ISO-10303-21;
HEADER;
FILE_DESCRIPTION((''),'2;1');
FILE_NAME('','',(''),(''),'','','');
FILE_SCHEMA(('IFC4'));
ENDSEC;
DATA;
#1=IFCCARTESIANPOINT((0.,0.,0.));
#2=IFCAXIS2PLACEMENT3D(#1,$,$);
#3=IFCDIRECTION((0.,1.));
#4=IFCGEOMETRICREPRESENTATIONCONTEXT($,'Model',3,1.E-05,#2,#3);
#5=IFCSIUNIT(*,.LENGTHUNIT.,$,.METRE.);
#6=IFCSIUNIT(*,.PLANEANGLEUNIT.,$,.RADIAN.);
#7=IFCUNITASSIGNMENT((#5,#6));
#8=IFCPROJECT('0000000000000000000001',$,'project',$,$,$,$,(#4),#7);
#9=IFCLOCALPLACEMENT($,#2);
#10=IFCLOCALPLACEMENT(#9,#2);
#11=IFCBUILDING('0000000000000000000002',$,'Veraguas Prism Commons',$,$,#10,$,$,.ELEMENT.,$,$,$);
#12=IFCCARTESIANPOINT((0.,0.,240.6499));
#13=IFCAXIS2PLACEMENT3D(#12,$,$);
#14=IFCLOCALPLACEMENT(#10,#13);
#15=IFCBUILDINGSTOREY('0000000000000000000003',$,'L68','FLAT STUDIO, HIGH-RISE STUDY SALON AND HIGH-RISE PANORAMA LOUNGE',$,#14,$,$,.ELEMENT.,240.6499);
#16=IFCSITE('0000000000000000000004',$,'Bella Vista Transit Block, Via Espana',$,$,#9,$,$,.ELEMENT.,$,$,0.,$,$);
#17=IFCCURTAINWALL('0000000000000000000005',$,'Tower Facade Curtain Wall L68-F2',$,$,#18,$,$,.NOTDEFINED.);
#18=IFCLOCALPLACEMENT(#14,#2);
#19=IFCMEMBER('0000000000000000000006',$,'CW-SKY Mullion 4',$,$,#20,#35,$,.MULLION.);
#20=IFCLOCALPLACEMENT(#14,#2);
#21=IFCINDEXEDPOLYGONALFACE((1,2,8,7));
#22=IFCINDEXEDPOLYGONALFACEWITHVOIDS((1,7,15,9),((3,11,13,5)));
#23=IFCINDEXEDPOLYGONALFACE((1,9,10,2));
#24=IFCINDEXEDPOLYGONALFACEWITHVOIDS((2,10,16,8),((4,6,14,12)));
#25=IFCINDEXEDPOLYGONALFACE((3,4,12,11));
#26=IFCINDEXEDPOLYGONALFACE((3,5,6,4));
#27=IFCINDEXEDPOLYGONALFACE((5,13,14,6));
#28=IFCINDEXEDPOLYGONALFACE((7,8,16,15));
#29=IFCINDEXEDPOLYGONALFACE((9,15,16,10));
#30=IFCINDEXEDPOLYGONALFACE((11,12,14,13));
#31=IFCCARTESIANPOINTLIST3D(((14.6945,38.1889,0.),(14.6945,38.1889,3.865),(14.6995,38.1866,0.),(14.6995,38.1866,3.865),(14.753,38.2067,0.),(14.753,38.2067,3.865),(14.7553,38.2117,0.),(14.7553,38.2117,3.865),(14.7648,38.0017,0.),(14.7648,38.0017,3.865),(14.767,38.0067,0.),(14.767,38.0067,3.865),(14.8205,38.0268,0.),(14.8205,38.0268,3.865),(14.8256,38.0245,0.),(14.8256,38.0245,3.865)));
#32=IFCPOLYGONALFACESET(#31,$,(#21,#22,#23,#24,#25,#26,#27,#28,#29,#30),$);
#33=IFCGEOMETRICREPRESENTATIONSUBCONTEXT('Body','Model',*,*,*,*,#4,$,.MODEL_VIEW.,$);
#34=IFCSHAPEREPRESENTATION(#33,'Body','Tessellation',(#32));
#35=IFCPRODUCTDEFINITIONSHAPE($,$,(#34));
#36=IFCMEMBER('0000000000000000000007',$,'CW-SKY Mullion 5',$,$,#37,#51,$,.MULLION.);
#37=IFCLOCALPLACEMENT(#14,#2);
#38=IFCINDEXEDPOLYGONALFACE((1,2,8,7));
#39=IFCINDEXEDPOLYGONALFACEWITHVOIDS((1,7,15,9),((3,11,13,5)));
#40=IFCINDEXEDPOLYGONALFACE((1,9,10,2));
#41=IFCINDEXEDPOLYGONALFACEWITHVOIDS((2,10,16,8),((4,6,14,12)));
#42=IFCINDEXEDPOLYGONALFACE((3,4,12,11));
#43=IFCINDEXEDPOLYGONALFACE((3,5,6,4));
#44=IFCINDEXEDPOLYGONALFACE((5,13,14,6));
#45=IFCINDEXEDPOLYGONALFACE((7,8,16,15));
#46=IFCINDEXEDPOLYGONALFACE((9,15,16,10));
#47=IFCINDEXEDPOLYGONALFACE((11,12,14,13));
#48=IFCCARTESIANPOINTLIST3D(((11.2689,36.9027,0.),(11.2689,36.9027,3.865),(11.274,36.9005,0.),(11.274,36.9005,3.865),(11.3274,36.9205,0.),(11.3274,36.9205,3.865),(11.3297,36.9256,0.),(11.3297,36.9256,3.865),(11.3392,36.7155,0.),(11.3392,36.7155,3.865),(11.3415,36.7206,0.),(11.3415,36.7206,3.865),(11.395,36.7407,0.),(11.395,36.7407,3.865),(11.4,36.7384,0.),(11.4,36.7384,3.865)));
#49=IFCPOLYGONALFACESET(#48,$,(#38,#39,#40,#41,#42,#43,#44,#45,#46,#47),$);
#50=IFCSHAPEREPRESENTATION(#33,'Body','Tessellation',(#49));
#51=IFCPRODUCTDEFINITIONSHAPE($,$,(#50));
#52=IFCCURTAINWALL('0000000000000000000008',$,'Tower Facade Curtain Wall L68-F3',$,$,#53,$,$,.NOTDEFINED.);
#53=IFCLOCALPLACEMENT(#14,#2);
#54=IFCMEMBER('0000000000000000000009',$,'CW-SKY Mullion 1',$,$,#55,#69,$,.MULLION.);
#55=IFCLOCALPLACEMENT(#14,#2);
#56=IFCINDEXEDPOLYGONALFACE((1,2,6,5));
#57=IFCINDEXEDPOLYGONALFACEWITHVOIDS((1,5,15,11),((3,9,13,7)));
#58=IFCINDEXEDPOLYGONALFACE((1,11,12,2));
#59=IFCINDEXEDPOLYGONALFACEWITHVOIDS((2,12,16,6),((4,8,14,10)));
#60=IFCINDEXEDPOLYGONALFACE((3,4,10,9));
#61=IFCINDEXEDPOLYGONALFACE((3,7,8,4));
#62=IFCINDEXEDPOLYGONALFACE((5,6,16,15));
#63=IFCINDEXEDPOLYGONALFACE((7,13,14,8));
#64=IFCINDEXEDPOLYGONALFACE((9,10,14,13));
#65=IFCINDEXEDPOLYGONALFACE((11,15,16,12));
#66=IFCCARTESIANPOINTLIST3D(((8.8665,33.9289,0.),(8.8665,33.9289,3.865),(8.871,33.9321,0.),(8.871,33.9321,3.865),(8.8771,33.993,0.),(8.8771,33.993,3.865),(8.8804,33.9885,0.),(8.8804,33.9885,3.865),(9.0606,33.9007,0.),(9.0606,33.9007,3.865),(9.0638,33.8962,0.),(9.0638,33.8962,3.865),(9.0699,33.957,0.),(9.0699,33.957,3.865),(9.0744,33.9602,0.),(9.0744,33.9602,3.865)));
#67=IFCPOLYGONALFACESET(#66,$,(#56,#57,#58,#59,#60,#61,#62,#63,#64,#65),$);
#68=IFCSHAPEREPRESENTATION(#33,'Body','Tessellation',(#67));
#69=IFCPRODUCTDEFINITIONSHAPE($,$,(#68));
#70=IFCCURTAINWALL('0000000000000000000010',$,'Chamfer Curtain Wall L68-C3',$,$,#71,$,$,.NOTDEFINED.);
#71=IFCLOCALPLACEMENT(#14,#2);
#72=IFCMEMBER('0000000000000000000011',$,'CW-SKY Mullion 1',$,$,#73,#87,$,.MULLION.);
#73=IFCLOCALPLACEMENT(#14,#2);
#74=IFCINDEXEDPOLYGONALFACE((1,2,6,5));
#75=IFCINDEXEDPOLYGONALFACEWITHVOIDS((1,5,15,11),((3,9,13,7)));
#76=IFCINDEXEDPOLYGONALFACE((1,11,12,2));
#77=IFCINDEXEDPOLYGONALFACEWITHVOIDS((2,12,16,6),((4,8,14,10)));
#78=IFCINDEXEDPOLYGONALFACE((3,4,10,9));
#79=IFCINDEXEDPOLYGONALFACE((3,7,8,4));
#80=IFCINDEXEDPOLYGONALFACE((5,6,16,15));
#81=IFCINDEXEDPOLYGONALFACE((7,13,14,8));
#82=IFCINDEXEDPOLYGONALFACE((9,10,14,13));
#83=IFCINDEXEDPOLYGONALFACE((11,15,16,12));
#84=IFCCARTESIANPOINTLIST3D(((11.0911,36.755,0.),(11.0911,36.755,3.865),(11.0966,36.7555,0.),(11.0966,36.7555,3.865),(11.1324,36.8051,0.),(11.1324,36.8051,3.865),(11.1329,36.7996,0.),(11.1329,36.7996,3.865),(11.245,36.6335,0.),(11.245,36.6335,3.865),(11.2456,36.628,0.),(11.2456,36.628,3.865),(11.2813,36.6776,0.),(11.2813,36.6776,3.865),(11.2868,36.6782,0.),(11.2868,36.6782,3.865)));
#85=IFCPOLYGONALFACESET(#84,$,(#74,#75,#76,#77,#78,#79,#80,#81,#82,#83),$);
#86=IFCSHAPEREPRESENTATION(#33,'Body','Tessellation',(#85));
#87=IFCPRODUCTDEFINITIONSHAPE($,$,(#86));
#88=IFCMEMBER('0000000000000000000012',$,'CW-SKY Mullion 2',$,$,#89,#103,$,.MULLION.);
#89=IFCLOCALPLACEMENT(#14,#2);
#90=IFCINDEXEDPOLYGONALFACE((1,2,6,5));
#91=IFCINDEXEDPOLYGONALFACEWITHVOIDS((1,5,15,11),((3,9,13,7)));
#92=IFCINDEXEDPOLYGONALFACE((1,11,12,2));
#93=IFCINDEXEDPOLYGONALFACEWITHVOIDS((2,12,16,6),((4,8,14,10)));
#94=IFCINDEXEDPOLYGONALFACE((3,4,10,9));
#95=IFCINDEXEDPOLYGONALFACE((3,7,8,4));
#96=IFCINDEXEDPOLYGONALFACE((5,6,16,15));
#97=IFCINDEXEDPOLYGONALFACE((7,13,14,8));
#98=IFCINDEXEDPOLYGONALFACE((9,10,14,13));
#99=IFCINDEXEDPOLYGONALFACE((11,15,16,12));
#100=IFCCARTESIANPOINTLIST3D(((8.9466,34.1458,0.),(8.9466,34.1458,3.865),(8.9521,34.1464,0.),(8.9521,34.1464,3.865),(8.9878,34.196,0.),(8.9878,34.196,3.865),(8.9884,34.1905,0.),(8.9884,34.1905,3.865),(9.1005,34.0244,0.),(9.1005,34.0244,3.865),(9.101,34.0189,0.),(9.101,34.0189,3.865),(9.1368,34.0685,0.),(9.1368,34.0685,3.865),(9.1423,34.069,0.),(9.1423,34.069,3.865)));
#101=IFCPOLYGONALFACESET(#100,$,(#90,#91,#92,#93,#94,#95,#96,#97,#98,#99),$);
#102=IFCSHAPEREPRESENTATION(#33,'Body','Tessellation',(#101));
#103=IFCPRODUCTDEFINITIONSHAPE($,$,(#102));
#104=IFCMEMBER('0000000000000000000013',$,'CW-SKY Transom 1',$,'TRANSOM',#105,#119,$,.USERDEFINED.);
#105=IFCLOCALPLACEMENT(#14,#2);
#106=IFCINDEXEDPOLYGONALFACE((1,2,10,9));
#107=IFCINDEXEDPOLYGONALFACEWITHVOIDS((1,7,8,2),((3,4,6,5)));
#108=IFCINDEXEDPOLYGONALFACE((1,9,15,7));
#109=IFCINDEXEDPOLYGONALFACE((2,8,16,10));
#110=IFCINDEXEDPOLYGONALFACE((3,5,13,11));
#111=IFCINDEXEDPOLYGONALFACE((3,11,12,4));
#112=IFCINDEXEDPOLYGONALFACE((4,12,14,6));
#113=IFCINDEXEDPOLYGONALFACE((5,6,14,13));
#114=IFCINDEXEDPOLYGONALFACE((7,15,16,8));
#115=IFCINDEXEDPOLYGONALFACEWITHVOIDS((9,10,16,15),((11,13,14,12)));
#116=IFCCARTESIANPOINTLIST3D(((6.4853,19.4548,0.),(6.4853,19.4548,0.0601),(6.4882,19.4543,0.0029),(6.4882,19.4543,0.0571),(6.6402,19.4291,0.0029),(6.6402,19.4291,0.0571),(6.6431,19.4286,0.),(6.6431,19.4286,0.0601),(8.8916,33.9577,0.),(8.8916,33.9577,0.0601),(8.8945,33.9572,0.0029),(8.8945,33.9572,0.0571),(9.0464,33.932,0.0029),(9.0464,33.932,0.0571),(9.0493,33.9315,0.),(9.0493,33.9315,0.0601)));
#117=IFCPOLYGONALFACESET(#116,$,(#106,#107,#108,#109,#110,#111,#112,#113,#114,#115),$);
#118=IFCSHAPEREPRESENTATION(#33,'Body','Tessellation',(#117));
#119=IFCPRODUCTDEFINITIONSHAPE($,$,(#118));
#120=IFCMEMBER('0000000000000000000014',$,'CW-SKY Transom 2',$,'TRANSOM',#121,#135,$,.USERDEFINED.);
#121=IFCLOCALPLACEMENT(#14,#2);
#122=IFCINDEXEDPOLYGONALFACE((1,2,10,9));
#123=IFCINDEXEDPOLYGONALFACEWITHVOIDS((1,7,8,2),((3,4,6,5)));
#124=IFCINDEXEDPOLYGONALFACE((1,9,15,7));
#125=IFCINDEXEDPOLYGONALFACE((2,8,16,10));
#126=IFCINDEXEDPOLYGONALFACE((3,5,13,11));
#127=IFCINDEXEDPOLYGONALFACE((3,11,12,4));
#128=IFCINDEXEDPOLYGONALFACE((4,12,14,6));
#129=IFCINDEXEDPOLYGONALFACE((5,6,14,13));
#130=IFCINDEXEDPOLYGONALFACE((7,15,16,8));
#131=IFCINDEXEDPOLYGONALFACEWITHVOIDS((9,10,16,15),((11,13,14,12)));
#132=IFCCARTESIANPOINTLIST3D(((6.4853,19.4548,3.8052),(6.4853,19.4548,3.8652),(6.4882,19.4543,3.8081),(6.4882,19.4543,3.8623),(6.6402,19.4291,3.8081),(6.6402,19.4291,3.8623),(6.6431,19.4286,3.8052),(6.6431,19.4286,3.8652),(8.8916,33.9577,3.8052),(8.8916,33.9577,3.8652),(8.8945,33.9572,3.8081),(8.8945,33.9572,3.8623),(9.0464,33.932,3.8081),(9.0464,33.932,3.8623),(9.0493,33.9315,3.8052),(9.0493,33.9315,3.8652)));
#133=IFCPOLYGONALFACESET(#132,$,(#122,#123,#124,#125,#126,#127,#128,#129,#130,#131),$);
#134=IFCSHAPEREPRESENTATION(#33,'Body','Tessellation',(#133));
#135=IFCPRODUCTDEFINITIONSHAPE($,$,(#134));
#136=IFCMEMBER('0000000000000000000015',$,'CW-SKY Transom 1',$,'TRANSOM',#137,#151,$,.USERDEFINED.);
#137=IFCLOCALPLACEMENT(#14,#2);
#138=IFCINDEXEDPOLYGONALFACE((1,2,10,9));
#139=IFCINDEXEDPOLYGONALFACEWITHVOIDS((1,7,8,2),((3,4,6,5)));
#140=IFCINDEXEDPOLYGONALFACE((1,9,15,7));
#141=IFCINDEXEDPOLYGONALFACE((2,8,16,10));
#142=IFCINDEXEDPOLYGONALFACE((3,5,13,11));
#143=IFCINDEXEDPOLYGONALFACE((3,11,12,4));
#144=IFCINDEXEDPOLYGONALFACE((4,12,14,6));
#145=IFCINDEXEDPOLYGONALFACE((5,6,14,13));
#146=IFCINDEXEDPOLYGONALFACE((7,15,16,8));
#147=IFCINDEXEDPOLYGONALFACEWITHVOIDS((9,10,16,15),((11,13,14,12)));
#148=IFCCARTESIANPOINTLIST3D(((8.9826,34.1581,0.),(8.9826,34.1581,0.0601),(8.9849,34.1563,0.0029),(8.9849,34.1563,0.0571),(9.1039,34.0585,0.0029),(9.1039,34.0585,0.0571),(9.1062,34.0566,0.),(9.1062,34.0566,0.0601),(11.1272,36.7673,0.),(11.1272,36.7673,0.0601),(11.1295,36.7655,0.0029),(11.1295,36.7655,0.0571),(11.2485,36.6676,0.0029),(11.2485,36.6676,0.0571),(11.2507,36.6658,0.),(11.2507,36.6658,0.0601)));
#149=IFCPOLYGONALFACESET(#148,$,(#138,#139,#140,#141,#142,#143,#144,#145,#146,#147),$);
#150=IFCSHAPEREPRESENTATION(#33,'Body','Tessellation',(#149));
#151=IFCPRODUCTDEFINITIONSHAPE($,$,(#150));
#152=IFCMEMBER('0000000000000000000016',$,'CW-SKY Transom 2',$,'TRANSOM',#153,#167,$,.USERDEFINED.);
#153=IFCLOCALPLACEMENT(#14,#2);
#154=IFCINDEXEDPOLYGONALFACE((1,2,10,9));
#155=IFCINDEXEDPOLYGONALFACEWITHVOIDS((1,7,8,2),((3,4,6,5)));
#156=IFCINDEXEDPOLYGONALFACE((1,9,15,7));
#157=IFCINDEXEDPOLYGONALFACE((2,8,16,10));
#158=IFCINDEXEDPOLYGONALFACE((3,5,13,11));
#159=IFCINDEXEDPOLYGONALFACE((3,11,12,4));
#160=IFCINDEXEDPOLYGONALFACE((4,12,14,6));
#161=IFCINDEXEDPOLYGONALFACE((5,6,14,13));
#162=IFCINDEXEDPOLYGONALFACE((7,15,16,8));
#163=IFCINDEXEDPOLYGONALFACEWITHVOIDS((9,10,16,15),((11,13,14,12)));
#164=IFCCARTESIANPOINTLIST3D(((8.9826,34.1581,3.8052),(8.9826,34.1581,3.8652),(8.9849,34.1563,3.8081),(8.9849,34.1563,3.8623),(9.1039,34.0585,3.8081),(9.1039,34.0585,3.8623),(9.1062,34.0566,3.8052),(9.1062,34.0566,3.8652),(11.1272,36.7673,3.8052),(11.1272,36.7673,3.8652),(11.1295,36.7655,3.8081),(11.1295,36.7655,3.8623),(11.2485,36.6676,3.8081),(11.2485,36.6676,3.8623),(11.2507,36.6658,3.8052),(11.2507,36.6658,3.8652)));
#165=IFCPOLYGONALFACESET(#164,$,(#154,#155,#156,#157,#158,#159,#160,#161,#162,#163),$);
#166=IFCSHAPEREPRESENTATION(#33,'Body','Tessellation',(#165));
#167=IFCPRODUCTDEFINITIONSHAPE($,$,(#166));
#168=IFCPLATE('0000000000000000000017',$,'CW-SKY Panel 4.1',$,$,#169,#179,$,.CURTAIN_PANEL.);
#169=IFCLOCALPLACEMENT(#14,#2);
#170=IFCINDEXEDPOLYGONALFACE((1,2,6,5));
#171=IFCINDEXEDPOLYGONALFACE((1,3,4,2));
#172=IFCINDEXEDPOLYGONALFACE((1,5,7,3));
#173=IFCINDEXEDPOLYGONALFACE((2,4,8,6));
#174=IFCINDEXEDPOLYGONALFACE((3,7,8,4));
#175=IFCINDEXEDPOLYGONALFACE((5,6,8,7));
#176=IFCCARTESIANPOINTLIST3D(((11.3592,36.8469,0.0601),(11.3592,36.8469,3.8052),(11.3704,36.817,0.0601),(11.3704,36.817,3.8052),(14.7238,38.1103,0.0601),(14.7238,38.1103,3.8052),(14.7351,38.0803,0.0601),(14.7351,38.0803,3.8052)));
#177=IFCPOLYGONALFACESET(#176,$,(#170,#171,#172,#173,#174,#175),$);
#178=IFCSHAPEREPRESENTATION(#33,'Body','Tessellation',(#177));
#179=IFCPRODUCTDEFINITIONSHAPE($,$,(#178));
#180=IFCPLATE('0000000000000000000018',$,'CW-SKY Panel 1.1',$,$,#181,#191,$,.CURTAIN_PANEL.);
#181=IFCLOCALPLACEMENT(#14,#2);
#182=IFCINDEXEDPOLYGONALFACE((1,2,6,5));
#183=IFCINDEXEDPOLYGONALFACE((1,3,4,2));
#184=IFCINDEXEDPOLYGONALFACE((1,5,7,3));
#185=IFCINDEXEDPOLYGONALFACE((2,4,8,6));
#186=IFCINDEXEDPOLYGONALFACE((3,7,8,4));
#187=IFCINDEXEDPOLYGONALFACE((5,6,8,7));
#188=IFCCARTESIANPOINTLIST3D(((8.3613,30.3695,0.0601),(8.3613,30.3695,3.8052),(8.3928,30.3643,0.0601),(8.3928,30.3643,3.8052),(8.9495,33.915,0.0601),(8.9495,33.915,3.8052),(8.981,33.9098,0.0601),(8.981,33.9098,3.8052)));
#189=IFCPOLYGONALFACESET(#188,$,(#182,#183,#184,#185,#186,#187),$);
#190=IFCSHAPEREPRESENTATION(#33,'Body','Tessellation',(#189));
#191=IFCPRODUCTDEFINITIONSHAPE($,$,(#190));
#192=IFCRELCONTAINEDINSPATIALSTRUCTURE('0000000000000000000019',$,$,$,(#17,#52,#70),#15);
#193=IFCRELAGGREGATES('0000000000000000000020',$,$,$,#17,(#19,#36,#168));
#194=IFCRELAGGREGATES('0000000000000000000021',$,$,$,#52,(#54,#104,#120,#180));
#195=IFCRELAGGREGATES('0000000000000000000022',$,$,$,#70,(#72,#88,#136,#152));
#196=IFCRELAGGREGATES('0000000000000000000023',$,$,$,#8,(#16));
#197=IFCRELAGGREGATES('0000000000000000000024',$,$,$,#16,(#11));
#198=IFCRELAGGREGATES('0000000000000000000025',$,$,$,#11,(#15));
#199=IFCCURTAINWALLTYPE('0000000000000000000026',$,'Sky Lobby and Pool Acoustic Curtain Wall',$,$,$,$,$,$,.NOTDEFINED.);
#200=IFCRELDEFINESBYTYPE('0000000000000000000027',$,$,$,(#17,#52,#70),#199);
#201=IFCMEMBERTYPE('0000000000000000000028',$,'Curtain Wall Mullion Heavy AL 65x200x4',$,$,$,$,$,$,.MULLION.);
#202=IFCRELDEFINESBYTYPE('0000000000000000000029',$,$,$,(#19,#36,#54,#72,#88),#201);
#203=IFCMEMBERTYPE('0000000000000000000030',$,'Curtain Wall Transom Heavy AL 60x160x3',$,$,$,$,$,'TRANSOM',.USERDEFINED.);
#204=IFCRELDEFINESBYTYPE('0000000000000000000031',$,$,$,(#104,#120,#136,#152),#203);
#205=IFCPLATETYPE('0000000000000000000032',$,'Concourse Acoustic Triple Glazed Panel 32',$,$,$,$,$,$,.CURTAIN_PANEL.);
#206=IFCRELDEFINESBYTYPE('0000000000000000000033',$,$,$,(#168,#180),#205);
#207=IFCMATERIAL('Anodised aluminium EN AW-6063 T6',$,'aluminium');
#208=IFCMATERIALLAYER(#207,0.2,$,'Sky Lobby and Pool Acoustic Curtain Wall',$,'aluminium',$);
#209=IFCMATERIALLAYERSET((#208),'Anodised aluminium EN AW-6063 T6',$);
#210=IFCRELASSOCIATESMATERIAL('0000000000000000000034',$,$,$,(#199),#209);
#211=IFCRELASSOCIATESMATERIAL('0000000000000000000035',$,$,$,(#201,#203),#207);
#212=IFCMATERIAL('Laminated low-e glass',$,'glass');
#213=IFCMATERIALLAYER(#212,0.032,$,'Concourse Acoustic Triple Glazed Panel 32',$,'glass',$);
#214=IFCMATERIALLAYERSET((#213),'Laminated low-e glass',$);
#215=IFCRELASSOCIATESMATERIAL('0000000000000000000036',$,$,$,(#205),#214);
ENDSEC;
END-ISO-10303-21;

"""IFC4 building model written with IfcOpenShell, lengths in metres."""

from ifc_helpers import new_model, si_unit, direction, frame, origin, origin_2d, place, context, subcontext, project, spatial, rectangle, hollow_rectangle, extrude, source, transform, mapped, material, layer, layer_set, material_profile, profile_set, type_object, element, aggregate, save


model = new_model("IFC4")

# Units and contexts
model_context = context("Model", 3, precision=1e-05, world=origin(), true_north=direction((0.0, 1.0)))
body_context = subcontext(model_context, "Body", "Model", "MODEL_VIEW")
ifc_project = project(units=[si_unit("LENGTHUNIT", "METRE"), si_unit("PLANEANGLEUNIT", "RADIAN")], contexts=[model_context])

# Site, building, storey
site_placement = place(None, origin())
site = spatial("IfcSite", under=ifc_project, at=site_placement, Name="Bella Vista Transit Block, Via Espana", CompositionType="ELEMENT", RefElevation=0.0)
building_placement = place(site_placement, origin())
building = spatial("IfcBuilding", under=site, at=building_placement, Name="Veraguas Prism Commons", CompositionType="ELEMENT")
storey_placement = place(building_placement, frame((0.0, 0.0, 240.6499)))
storey = spatial("IfcBuildingStorey", under=building, at=storey_placement, Name="L68", Description="FLAT STUDIO, HIGH-RISE STUDY SALON AND HIGH-RISE PANORAMA LOUNGE", CompositionType="ELEMENT", Elevation=240.6499)

# Curtain wall, members
ifc_material_1 = material(Name="Anodised aluminium EN AW-6063 T6", Category="aluminium")
ifc_layer_1 = layer(ifc_material_1, 0.2, Name="Sky Lobby and Pool Acoustic Curtain Wall", Category="aluminium")
ifc_layer_set_1 = layer_set([ifc_layer_1], Name="Anodised aluminium EN AW-6063 T6")
curtain_wall_type = type_object("IfcCurtainWallType", Name="Sky Lobby and Pool Acoustic Curtain Wall", PredefinedType="NOTDEFINED", material=ifc_layer_set_1)
curtain_wall_1_placement = place(storey_placement, origin())
curtain_wall_1 = element("IfcCurtainWall", 1, at=curtain_wall_1_placement, inside=storey, type_object=curtain_wall_type, Name="Tower Facade Curtain Wall L68-F2", PredefinedType="NOTDEFINED")
ifc_material_profile_1 = material_profile(ifc_material_1, hollow_rectangle(XDim=0.0649, YDim=0.2, WallThickness=0.0039, at=origin_2d()), Name="AL65X200X4")
ifc_profile_set_1 = profile_set([ifc_material_profile_1], Name="Anodised aluminium EN AW-6063 T6")
member_type_1 = type_object("IfcMemberType", Name="Curtain Wall Mullion Heavy AL 65x200x4", PredefinedType="MULLION", material=ifc_profile_set_1)
shared_shape_1 = source(origin(), body_context, "Body", "SweptSolid", [
    extrude(hollow_rectangle(XDim=0.0649, YDim=0.2, WallThickness=0.0039, at=origin_2d()), origin(), (0.0, 0.0, 1.0), 3.865),
])
member_1_placement = place(storey_placement, frame((14.76, 38.1067, 0.0), z_axis=(0.0, 0.0, 1.0), x_axis=(-0.936182, -0.351515, 0.0)))
member_1 = element("IfcMember", 2, at=member_1_placement, type_object=member_type_1, Name="CW-SKY Mullion 4", PredefinedType="MULLION", context=body_context, shape_type="MappedRepresentation", body=[
    mapped(shared_shape_1, transform((0.0, 0.0, 0.0), scale=1.0)),
])
member_2_placement = place(storey_placement, frame((11.3345, 36.8206, 0.0), z_axis=(0.0, 0.0, 1.0), x_axis=(-0.936182, -0.351515, 0.0)))
member_2 = element("IfcMember", 3, at=member_2_placement, type_object=member_type_1, Name="CW-SKY Mullion 5", PredefinedType="MULLION", context=body_context, shape_type="MappedRepresentation", body=[
    mapped(shared_shape_1, transform((0.0, 0.0, 0.0), scale=1.0)),
])

# Curtain wall, member
curtain_wall_2_placement = place(storey_placement, origin())
curtain_wall_2 = element("IfcCurtainWall", 4, at=curtain_wall_2_placement, inside=storey, type_object=curtain_wall_type, Name="Tower Facade Curtain Wall L68-F3", PredefinedType="NOTDEFINED")
member_3_placement = place(storey_placement, frame((8.9705, 33.9446, 0.0), z_axis=(0.0, 0.0, 1.0), x_axis=(-0.16367, -0.986515, 0.0)))
member_3 = element("IfcMember", 5, at=member_3_placement, type_object=member_type_1, Name="CW-SKY Mullion 1", PredefinedType="MULLION", context=body_context, shape_type="MappedRepresentation", body=[
    mapped(shared_shape_1, transform((0.0, 0.0, 0.0), scale=1.0)),
])

# Curtain wall, members
curtain_wall_3_placement = place(storey_placement, origin())
curtain_wall_3 = element("IfcCurtainWall", 6, at=curtain_wall_3_placement, inside=storey, type_object=curtain_wall_type, Name="Chamfer Curtain Wall L68-C3", PredefinedType="NOTDEFINED")
member_4_placement = place(storey_placement, frame((11.189, 36.7166, 0.0), z_axis=(0.0, 0.0, 1.0), x_axis=(-0.635012, -0.772502, 0.0)))
member_4 = element("IfcMember", 7, at=member_4_placement, type_object=member_type_1, Name="CW-SKY Mullion 1", PredefinedType="MULLION", context=body_context, shape_type="MappedRepresentation", body=[
    mapped(shared_shape_1, transform((0.0, 0.0, 0.0), scale=1.0)),
])
member_5_placement = place(storey_placement, frame((9.0444, 34.1074, 0.0), z_axis=(0.0, 0.0, 1.0), x_axis=(-0.635012, -0.772502, 0.0)))
member_5 = element("IfcMember", 8, at=member_5_placement, type_object=member_type_1, Name="CW-SKY Mullion 2", PredefinedType="MULLION", context=body_context, shape_type="MappedRepresentation", body=[
    mapped(shared_shape_1, transform((0.0, 0.0, 0.0), scale=1.0)),
])

# Members
ifc_material_profile_2 = material_profile(ifc_material_1, hollow_rectangle(XDim=0.0601, YDim=0.1599, WallThickness=0.0029, at=origin_2d()), Name="AL60X160X3")
ifc_profile_set_2 = profile_set([ifc_material_profile_2], Name="Anodised aluminium EN AW-6063 T6")
member_type_2 = type_object("IfcMemberType", Name="Curtain Wall Transom Heavy AL 60x160x3", ElementType="TRANSOM", PredefinedType="USERDEFINED", material=ifc_profile_set_2)
shared_shape_2 = source(origin(), body_context, "Body", "SweptSolid", [
    extrude(hollow_rectangle(XDim=0.0601, YDim=0.1599, WallThickness=0.0029, at=origin_2d()), origin(), (0.0, 0.0, 1.0), 14.7012),
])
member_6_placement = place(storey_placement, frame((8.9705, 33.9446, 0.03), z_axis=(-0.163677, -0.986514, 0.0), x_axis=(0.0, 0.0, 1.0)))
member_6 = element("IfcMember", 9, at=member_6_placement, type_object=member_type_2, Name="CW-SKY Transom 1", ObjectType="TRANSOM", PredefinedType="USERDEFINED", context=body_context, shape_type="MappedRepresentation", body=[
    mapped(shared_shape_2, transform((0.0, 0.0, 0.0), scale=1.0)),
])
member_7_placement = place(storey_placement, frame((8.9705, 33.9446, 3.8352), z_axis=(-0.163677, -0.986514, 0.0), x_axis=(0.0, 0.0, 1.0)))
member_7 = element("IfcMember", 10, at=member_7_placement, type_object=member_type_2, Name="CW-SKY Transom 2", ObjectType="TRANSOM", PredefinedType="USERDEFINED", context=body_context, shape_type="MappedRepresentation", body=[
    mapped(shared_shape_2, transform((0.0, 0.0, 0.0), scale=1.0)),
])
shared_shape_3 = source(origin(), body_context, "Body", "SweptSolid", [
    extrude(hollow_rectangle(XDim=0.0601, YDim=0.1599, WallThickness=0.0029, at=origin_2d()), origin(), (0.0, 0.0, 1.0), 3.3774),
])
member_8_placement = place(storey_placement, frame((11.189, 36.7166, 0.03), z_axis=(-0.634972, -0.772535, 0.0), x_axis=(0.0, 0.0, 1.0)))
member_8 = element("IfcMember", 11, at=member_8_placement, type_object=member_type_2, Name="CW-SKY Transom 1", ObjectType="TRANSOM", PredefinedType="USERDEFINED", context=body_context, shape_type="MappedRepresentation", body=[
    mapped(shared_shape_3, transform((0.0, 0.0, 0.0), scale=1.0)),
])
member_9_placement = place(storey_placement, frame((11.189, 36.7166, 3.8352), z_axis=(-0.634972, -0.772535, 0.0), x_axis=(0.0, 0.0, 1.0)))
member_9 = element("IfcMember", 12, at=member_9_placement, type_object=member_type_2, Name="CW-SKY Transom 2", ObjectType="TRANSOM", PredefinedType="USERDEFINED", context=body_context, shape_type="MappedRepresentation", body=[
    mapped(shared_shape_3, transform((0.0, 0.0, 0.0), scale=1.0)),
])

# Plates
ifc_material_2 = material(Name="Laminated low-e glass", Category="glass")
ifc_layer_2 = layer(ifc_material_2, 0.032, Name="Concourse Acoustic Triple Glazed Panel 32", Category="glass")
ifc_layer_set_2 = layer_set([ifc_layer_2], Name="Laminated low-e glass")
plate_type = type_object("IfcPlateType", Name="Concourse Acoustic Triple Glazed Panel 32", PredefinedType="CURTAIN_PANEL", material=ifc_layer_set_2)
shared_shape_4 = source(origin(), body_context, "Body", "SweptSolid", [
    extrude(rectangle(XDim=3.594, YDim=0.032, at=origin_2d()), origin(), (0.0, 0.0, 1.0), 3.7451),
])
plate_1_placement = place(storey_placement, frame((13.0471, 37.4636, 0.0601), z_axis=(0.0, 0.0, 1.0), x_axis=(-0.936182, -0.351515, 0.0)))
plate_1 = element("IfcPlate", 13, at=plate_1_placement, type_object=plate_type, Name="CW-SKY Panel 4.1", PredefinedType="CURTAIN_PANEL", context=body_context, shape_type="MappedRepresentation", body=[
    mapped(shared_shape_4, transform((0.0, 0.0, 0.0), scale=1.0)),
])
aggregate(curtain_wall_1, [member_1, member_2, plate_1])
plate_2_placement = place(storey_placement, frame((8.6711, 32.1396, 0.0601), z_axis=(0.0, 0.0, 1.0), x_axis=(-0.16367, -0.986515, 0.0)))
plate_2 = element("IfcPlate", 14, at=plate_2_placement, type_object=plate_type, Name="CW-SKY Panel 1.1", PredefinedType="CURTAIN_PANEL", context=body_context, shape_type="MappedRepresentation", body=[
    mapped(shared_shape_4, transform((0.0, 0.0, 0.0), scale=1.0)),
])
aggregate(curtain_wall_2, [member_3, member_6, member_7, plate_2])
aggregate(curtain_wall_3, [member_4, member_5, member_8, member_9])

save(model, "model.ifc")
